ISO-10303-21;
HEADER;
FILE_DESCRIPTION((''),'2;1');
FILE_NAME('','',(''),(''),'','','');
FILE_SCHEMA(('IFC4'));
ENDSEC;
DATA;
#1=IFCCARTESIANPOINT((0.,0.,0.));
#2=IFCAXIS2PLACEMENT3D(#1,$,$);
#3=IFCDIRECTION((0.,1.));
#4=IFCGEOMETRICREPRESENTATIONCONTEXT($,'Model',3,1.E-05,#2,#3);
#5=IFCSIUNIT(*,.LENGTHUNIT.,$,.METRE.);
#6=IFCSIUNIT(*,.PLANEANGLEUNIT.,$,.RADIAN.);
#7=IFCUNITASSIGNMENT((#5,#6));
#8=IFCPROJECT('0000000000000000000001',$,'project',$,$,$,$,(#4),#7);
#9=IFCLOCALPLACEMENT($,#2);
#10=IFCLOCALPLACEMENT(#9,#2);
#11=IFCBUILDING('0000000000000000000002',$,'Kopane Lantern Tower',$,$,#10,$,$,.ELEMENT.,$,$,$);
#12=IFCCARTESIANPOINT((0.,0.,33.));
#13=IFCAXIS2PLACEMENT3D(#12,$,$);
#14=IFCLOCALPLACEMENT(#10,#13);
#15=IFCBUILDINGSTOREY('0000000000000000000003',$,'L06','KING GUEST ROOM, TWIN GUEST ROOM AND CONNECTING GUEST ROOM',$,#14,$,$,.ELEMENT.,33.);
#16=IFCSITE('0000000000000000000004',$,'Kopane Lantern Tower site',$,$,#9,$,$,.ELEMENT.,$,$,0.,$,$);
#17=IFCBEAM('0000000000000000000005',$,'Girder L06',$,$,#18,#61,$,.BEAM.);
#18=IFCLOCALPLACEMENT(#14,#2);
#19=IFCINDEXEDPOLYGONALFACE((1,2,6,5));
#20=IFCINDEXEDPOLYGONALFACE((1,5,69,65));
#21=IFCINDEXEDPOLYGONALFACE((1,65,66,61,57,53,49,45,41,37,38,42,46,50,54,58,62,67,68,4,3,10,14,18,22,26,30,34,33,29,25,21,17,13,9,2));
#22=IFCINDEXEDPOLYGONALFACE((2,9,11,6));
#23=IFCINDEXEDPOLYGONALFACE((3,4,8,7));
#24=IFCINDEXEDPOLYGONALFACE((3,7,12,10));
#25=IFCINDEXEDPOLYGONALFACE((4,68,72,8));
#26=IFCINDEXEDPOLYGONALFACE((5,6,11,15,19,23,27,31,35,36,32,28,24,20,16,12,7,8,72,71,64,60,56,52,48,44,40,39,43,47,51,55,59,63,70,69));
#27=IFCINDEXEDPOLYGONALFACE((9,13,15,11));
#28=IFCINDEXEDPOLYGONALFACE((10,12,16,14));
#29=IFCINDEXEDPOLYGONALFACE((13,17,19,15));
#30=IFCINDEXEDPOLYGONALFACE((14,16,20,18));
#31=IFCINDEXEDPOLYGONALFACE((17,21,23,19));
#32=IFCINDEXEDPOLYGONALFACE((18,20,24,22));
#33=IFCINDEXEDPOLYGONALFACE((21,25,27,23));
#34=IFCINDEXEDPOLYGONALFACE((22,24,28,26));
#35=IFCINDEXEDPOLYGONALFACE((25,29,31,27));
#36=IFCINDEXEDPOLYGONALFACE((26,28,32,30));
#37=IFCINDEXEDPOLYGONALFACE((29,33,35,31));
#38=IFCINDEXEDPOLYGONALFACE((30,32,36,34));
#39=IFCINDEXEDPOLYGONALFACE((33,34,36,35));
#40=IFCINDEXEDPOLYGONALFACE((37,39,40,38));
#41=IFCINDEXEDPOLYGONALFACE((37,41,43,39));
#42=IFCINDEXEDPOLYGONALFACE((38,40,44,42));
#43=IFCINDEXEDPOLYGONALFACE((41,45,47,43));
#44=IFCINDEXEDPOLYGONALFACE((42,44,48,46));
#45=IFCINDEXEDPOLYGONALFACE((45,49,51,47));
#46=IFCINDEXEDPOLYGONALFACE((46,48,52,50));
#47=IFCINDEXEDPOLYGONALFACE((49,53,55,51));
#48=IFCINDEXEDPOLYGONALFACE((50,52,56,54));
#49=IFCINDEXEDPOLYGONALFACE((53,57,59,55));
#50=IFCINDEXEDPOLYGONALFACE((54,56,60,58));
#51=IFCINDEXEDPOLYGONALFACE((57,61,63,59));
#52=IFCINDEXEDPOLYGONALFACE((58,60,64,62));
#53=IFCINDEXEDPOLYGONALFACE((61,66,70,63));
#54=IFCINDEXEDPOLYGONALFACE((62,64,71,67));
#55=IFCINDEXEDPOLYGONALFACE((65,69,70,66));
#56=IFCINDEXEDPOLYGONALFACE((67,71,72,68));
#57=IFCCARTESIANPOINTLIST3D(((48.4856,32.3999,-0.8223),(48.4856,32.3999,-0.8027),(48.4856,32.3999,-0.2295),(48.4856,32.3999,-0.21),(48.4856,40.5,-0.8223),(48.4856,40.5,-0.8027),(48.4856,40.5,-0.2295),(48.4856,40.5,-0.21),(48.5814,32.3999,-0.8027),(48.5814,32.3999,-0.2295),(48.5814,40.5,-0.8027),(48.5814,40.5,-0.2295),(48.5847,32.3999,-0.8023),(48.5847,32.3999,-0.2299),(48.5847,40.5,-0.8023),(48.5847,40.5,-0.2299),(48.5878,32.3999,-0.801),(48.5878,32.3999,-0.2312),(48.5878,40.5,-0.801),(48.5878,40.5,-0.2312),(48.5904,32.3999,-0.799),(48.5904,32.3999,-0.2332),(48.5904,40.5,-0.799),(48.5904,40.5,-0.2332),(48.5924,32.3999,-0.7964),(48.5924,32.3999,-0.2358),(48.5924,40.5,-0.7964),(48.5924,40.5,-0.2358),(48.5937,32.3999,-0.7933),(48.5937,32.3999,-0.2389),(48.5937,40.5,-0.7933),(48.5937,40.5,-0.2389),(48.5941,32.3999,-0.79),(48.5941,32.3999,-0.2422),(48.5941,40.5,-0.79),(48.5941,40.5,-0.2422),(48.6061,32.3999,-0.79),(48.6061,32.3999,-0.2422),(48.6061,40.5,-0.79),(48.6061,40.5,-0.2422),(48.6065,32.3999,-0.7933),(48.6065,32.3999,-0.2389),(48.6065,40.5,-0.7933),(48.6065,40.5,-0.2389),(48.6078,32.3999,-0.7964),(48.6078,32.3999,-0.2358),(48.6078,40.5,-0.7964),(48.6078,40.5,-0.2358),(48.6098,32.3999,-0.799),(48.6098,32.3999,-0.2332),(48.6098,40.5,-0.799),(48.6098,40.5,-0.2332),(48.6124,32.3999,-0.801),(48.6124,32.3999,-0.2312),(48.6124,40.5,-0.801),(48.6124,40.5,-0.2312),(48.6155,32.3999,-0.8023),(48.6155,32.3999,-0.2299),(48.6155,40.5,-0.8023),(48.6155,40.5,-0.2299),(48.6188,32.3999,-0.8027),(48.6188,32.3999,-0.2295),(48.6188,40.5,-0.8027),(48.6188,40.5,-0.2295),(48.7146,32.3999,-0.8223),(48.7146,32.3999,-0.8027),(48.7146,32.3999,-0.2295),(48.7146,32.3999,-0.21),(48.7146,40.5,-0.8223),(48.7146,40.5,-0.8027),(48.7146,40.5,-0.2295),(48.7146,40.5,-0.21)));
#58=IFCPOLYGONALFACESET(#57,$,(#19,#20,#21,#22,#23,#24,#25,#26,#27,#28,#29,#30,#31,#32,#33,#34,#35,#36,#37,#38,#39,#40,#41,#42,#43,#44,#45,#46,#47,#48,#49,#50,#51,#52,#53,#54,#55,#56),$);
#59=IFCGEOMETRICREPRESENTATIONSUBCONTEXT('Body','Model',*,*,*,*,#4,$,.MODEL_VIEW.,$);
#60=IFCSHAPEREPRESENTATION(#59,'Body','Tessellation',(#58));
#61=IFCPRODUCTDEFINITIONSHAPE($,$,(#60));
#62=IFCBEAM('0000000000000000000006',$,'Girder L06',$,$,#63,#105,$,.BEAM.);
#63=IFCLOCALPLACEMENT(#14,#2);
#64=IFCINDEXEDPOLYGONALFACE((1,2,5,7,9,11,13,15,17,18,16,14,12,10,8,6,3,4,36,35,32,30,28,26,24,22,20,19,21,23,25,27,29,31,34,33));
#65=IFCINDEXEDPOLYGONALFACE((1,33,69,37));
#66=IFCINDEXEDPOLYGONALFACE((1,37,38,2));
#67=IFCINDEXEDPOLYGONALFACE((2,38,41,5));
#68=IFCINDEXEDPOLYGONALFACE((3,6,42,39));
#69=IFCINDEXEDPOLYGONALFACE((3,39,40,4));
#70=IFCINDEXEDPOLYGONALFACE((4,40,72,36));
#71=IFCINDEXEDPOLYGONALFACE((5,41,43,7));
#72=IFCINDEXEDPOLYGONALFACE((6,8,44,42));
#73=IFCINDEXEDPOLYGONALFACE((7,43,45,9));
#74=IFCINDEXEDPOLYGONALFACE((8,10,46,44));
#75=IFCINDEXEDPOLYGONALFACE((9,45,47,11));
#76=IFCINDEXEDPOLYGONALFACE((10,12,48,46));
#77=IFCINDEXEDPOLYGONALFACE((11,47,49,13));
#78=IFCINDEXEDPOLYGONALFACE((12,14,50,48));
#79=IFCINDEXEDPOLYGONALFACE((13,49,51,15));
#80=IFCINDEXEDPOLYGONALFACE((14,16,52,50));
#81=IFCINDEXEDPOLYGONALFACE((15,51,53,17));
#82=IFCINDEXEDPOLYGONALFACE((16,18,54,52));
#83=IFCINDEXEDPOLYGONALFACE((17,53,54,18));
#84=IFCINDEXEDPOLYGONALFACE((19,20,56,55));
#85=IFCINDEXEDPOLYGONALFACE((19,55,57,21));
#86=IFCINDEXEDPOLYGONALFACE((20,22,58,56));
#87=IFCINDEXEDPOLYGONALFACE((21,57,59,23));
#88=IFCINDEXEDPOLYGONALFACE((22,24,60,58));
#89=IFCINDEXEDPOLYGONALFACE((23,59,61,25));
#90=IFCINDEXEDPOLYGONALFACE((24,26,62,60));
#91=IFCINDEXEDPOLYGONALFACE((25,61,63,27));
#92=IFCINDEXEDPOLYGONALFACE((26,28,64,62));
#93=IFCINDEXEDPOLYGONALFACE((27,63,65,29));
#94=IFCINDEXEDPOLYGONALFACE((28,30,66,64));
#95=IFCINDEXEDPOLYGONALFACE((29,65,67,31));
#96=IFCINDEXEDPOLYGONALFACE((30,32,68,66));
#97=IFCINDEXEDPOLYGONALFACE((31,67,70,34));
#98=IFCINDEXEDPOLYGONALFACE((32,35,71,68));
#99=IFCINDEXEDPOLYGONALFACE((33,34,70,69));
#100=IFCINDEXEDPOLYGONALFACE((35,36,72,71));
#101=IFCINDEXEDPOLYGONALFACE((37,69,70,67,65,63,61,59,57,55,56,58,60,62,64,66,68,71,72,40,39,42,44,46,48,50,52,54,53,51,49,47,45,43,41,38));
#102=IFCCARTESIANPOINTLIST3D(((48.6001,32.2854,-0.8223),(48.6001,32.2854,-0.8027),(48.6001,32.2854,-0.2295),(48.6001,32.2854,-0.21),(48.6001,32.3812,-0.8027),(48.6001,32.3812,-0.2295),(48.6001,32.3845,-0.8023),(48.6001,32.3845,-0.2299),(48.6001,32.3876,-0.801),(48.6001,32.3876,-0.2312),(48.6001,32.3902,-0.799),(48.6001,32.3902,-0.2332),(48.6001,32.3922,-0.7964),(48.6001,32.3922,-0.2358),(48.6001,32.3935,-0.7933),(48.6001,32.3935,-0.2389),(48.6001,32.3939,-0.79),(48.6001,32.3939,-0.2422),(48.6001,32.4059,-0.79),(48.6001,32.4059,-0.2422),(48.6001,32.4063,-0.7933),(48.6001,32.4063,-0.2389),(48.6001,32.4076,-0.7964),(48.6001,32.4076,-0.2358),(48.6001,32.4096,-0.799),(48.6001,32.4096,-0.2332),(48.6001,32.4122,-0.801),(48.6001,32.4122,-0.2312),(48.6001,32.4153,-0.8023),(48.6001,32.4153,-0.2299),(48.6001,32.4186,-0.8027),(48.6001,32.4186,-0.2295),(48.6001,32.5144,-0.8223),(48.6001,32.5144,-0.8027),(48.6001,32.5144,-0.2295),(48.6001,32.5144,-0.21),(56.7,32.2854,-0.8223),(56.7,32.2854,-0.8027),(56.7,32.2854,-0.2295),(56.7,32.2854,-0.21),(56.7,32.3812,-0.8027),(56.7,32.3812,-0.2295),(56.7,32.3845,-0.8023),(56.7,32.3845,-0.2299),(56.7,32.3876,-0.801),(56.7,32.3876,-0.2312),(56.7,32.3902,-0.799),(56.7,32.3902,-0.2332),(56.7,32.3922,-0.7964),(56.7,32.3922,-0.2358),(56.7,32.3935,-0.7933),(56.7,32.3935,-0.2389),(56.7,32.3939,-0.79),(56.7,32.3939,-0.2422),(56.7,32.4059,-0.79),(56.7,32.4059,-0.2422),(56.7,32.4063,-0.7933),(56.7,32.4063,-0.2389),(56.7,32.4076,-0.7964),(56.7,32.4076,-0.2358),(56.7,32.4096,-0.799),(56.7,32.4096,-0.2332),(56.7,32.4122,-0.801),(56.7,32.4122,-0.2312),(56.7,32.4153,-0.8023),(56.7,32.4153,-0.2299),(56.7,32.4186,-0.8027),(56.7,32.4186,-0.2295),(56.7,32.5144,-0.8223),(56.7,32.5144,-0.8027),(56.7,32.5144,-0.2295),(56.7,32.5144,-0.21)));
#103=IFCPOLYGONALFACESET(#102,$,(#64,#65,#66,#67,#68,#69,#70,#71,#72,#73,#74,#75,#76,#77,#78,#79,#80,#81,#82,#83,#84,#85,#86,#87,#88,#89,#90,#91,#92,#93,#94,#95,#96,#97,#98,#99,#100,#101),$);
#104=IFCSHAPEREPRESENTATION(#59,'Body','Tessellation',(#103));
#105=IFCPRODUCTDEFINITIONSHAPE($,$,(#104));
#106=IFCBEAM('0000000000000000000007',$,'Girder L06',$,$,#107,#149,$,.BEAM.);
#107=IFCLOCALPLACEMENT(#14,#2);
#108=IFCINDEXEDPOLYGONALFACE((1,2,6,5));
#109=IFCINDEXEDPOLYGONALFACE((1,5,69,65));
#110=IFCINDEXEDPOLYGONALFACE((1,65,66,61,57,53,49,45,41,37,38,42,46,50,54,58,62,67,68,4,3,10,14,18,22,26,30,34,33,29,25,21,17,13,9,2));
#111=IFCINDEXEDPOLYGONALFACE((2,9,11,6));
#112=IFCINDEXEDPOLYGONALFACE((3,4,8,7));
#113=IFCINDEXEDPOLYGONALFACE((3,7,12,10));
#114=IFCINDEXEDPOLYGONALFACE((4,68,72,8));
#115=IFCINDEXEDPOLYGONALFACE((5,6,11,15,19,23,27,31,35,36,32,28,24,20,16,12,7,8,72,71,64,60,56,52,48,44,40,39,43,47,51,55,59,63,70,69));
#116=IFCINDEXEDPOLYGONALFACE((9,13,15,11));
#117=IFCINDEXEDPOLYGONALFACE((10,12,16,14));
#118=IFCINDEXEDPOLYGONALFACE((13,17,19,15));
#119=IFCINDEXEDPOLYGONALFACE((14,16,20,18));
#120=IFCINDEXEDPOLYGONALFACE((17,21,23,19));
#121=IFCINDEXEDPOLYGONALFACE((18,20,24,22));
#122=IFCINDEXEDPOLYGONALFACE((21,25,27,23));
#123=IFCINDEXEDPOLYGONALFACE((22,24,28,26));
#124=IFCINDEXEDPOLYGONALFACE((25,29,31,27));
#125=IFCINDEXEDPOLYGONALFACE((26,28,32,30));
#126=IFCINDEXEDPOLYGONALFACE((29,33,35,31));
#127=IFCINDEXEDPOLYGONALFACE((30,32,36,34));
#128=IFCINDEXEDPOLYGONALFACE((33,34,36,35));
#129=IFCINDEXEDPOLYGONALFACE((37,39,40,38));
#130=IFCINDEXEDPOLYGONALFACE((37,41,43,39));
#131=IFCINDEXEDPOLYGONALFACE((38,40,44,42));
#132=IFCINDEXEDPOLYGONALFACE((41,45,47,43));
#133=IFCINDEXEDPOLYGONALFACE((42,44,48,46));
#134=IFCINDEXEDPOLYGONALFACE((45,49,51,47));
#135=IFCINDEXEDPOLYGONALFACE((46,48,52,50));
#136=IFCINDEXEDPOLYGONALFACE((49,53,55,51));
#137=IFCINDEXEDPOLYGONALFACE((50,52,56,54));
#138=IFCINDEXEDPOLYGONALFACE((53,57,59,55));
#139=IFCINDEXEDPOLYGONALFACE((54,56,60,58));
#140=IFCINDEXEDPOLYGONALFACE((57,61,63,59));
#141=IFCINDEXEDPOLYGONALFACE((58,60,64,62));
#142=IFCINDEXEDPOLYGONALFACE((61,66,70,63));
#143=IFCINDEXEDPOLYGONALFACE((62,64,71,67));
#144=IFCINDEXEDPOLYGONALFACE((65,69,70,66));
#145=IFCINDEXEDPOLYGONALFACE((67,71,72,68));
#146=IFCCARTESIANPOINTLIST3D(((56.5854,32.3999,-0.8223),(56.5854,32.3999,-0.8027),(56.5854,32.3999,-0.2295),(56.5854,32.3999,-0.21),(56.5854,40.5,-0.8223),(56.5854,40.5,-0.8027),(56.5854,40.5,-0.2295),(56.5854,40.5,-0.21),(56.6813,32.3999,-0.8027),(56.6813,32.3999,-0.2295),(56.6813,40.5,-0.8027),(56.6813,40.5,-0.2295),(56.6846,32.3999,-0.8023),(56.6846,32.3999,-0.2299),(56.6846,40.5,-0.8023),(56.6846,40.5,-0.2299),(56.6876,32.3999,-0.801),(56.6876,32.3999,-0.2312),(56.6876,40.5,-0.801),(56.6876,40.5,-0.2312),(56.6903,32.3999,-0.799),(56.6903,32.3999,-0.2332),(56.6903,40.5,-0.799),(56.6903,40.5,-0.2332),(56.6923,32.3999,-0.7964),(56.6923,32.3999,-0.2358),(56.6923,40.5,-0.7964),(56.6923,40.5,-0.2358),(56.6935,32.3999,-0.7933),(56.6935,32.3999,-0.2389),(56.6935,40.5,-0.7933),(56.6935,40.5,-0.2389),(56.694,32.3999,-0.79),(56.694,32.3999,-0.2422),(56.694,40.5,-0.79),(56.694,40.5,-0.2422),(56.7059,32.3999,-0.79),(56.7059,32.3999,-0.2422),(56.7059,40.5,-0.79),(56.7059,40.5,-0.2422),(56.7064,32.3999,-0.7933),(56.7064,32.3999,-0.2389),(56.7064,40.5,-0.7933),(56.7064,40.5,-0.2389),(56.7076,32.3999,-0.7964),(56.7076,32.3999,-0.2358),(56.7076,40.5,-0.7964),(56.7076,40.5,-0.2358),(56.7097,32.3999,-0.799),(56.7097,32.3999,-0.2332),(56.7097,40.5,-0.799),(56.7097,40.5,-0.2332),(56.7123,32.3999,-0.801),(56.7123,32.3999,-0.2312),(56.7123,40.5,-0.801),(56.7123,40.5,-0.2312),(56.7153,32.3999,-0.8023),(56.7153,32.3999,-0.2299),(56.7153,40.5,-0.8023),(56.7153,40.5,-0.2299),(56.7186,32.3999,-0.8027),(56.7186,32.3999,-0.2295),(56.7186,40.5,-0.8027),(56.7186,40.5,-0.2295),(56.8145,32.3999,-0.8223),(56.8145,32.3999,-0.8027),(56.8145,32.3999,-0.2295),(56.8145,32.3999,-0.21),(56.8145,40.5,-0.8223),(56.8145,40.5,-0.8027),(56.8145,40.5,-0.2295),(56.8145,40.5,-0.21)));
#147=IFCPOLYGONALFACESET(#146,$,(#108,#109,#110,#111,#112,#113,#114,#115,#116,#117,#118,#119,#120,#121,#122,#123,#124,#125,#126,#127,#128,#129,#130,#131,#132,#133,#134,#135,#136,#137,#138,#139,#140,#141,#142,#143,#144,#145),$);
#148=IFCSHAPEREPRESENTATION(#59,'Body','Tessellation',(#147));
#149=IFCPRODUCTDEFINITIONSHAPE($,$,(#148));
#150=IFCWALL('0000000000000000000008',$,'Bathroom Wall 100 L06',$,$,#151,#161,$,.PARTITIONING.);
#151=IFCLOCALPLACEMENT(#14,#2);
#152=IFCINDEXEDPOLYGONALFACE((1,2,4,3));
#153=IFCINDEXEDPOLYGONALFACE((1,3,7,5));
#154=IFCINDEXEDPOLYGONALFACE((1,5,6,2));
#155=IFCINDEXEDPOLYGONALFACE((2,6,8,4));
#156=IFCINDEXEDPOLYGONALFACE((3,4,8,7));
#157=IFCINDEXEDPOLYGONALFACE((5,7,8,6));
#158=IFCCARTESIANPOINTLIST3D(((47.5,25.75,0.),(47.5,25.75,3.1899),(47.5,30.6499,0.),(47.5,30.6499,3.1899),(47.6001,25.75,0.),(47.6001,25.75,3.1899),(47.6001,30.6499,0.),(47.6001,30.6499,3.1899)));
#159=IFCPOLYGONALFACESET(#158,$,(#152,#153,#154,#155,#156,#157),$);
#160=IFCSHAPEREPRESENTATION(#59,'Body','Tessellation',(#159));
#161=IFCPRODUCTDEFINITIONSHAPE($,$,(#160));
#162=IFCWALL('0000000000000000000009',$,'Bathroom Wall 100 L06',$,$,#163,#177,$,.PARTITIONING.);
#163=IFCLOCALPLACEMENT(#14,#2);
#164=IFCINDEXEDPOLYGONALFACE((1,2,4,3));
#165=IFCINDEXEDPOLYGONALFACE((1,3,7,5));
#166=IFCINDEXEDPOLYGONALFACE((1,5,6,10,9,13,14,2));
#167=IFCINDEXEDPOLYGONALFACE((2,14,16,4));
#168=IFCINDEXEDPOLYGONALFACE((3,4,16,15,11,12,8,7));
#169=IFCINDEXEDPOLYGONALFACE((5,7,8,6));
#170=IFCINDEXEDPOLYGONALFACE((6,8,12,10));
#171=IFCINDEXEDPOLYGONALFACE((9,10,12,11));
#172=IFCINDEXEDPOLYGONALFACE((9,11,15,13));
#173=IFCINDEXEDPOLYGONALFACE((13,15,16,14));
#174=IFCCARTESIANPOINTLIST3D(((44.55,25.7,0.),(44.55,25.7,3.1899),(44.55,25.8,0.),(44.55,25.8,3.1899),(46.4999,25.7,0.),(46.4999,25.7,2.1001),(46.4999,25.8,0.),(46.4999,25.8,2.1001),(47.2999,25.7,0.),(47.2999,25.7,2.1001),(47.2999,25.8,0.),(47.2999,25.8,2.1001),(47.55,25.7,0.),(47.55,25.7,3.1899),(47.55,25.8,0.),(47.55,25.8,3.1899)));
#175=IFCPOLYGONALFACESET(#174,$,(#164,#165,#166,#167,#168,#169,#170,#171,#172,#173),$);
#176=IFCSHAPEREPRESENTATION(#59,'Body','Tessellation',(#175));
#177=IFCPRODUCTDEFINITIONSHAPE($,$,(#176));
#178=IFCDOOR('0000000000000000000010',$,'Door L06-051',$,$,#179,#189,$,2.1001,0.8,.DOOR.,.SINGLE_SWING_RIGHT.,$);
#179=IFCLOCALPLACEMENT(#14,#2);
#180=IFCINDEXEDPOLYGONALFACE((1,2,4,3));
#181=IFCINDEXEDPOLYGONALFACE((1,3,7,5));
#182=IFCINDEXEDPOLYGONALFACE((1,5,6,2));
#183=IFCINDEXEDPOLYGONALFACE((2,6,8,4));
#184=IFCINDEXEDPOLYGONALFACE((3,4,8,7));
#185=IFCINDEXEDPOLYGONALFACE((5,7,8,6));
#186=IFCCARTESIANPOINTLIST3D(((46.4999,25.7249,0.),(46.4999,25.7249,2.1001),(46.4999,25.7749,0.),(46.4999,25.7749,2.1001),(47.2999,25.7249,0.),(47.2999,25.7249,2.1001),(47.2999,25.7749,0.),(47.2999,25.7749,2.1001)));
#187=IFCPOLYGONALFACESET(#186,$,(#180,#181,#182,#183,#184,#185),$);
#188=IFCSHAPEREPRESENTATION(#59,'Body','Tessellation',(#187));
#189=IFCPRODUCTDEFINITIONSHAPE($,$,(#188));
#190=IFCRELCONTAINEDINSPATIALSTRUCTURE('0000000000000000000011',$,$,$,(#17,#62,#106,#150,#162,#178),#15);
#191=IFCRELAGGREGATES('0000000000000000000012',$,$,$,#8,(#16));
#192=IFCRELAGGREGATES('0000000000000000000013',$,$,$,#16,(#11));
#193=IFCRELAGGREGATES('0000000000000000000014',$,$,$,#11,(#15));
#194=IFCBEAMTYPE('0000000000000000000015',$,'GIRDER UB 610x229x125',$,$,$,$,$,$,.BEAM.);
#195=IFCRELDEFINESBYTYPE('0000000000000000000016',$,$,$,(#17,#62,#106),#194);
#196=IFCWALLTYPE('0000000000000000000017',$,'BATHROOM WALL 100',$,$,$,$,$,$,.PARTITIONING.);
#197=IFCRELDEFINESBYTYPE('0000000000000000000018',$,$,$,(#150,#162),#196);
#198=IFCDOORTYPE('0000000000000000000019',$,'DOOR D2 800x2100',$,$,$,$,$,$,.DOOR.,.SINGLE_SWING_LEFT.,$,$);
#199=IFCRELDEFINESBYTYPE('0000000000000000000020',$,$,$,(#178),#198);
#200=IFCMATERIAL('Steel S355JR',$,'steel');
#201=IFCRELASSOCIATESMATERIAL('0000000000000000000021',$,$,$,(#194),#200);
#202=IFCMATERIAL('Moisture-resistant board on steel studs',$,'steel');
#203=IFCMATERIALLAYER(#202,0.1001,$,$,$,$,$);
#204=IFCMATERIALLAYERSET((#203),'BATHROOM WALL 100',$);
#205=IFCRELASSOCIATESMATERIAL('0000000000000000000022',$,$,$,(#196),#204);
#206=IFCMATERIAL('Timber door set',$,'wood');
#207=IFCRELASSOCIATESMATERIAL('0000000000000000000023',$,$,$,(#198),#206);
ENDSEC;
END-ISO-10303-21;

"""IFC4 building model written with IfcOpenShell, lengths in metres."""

from ifc_helpers import new_model, si_unit, direction, frame, frame_2d, origin, origin_2d, place, context, subcontext, project, spatial, rectangle, i_section, extrude, material, layer, layer_set, material_profile, profile_set, type_object, element, fill, save


model = new_model("IFC4")

# Units and contexts
model_context = context("Model", 3, precision=1e-05, world=origin(), true_north=direction((0.0, 1.0)))
body_context = subcontext(model_context, "Body", "Model", "MODEL_VIEW")
ifc_project = project(units=[si_unit("LENGTHUNIT", "METRE"), si_unit("PLANEANGLEUNIT", "RADIAN")], contexts=[model_context])

# Site, building, storey
site_placement = place(None, origin())
site = spatial("IfcSite", under=ifc_project, at=site_placement, Name="Kopane Lantern Tower site", CompositionType="ELEMENT", RefElevation=0.0)
building_placement = place(site_placement, origin())
building = spatial("IfcBuilding", under=site, at=building_placement, Name="Kopane Lantern Tower", CompositionType="ELEMENT")
storey_placement = place(building_placement, frame((0.0, 0.0, 33.0)))
storey = spatial("IfcBuildingStorey", under=building, at=storey_placement, Name="L06", Description="KING GUEST ROOM, TWIN GUEST ROOM AND CONNECTING GUEST ROOM", CompositionType="ELEMENT", Elevation=33.0)

# Beams
ifc_material_1 = material(Name="Steel S355JR", Category="steel")
ifc_material_profile_1 = material_profile(ifc_material_1, i_section(OverallWidth=0.229, OverallDepth=0.6123, WebThickness=0.012, FlangeThickness=0.0195, FilletRadius=0.0127, at=origin_2d()), Name="UB 610x229x125")
ifc_profile_set_1 = profile_set([ifc_material_profile_1], Name="Steel S355JR")
beam_type = type_object("IfcBeamType", Name="GIRDER UB 610x229x125", PredefinedType="BEAM", material=ifc_profile_set_1)
for number, where, z_axis, x_axis, name in (
    (1, (48.6001, 32.3999, -0.5161), (0.0, 1.0, 0.0), (-1.0, 0.0, 0.0), "Girder L06"),
):
    element("IfcBeam", number, at=place(storey_placement, frame(where, z_axis=z_axis, x_axis=x_axis)), inside=storey, type_object=beam_type, Name=name, PredefinedType="BEAM", context=body_context, shape_type="SweptSolid", body=[
        extrude(i_section(OverallWidth=0.229, OverallDepth=0.6123, WebThickness=0.012, FlangeThickness=0.0195, FilletRadius=0.0127, at=origin_2d()), origin(), (0.0, 0.0, 1.0), 8.1001),
    ])
beam_1_placement = place(storey_placement, frame((48.6001, 32.3999, -0.5161), z_axis=(1.0, 0.0, 0.0), x_axis=(0.0, 1.0, 0.0)))
element("IfcBeam", 2, at=beam_1_placement, inside=storey, type_object=beam_type, Name="Girder L06", PredefinedType="BEAM", context=body_context, shape_type="SweptSolid", body=[
    extrude(i_section(OverallWidth=0.229, OverallDepth=0.6123, WebThickness=0.012, FlangeThickness=0.0195, FilletRadius=0.0127, at=origin_2d()), origin(), (0.0, 0.0, 1.0), 8.0999),
])
beam_2_placement = place(storey_placement, frame((56.7, 32.3999, -0.5161), z_axis=(0.0, 1.0, 0.0), x_axis=(-1.0, 0.0, 0.0)))
element("IfcBeam", 3, at=beam_2_placement, inside=storey, type_object=beam_type, Name="Girder L06", PredefinedType="BEAM", context=body_context, shape_type="SweptSolid", body=[
    extrude(i_section(OverallWidth=0.229, OverallDepth=0.6123, WebThickness=0.012, FlangeThickness=0.0195, FilletRadius=0.0127, at=origin_2d()), origin(), (0.0, 0.0, 1.0), 8.1001),
])

# Wall
ifc_material_2 = material(Name="Moisture-resistant board on steel studs", Category="steel")
ifc_layer_1 = layer(ifc_material_2, 0.1001)
ifc_layer_set_1 = layer_set([ifc_layer_1], Name="BATHROOM WALL 100")
wall_type_1 = type_object("IfcWallType", Name="BATHROOM WALL 100", PredefinedType="PARTITIONING", material=ifc_layer_set_1)
wall_1_placement = place(storey_placement, frame((47.55, 25.75, 0.0), z_axis=(0.0, 0.0, 1.0), x_axis=(0.0, 1.0, 0.0)))
element("IfcWall", 4, at=wall_1_placement, inside=storey, type_object=wall_type_1, Name="Bathroom Wall 100 L06", PredefinedType="PARTITIONING", context=body_context, shape_type="SweptSolid", body=[
    extrude(rectangle(XDim=4.8999, YDim=0.1001, at=frame_2d((2.45, 0.0))), origin(), (0.0, 0.0, 1.0), 3.1899),
])

# Wall, opening, door
wall_2_placement = place(storey_placement, frame((44.55, 25.75, 0.0), z_axis=(0.0, 0.0, 1.0), x_axis=(1.0, 0.0, 0.0)))
wall_2 = element("IfcWall", 5, at=wall_2_placement, inside=storey, type_object=wall_type_1, Name="Bathroom Wall 100 L06", PredefinedType="PARTITIONING", context=body_context, shape_type="SweptSolid", body=[
    extrude(rectangle(XDim=3.0, YDim=0.1001, at=frame_2d((1.5, 0.0))), origin(), (0.0, 0.0, 1.0), 3.1899),
])
opening_1_placement = place(wall_2_placement, frame((1.95, 0.0, 0.0)))
opening_1 = element("IfcOpeningElement", 6, at=opening_1_placement, cuts=wall_2, PredefinedType="OPENING", context=body_context, shape_type="SweptSolid", body=[
    extrude(rectangle(XDim=0.8, YDim=2.1001, at=frame_2d((0.3999, 1.05))), frame((0.0, 0.0601, 0.0), z_axis=(0.0, -1.0, 0.0), x_axis=(1.0, 0.0, 0.0)), (0.0, 0.0, 1.0), 0.1201),
])
ifc_material_3 = material(Name="Timber door set", Category="wood")
door_type = type_object("IfcDoorType", Name="DOOR D2 800x2100", OperationType="SINGLE_SWING_LEFT", PredefinedType="DOOR", material=ifc_material_3)
door_1_placement = place(opening_1_placement, origin())
door_1 = element("IfcDoor", 7, at=door_1_placement, inside=storey, type_object=door_type, Name="Door L06-051", OperationType="SINGLE_SWING_RIGHT", OverallHeight=2.1001, OverallWidth=0.8, PredefinedType="DOOR", context=body_context, shape_type="SweptSolid", body=[
    extrude(rectangle(XDim=0.8, YDim=2.1001, at=frame_2d((0.3999, 1.05))), frame((0.0, 0.0249, 0.0), z_axis=(0.0, -1.0, 0.0), x_axis=(1.0, 0.0, 0.0)), (0.0, 0.0, 1.0), 0.05),
])
fill(opening_1, door_1)

save(model, "model.ifc")
